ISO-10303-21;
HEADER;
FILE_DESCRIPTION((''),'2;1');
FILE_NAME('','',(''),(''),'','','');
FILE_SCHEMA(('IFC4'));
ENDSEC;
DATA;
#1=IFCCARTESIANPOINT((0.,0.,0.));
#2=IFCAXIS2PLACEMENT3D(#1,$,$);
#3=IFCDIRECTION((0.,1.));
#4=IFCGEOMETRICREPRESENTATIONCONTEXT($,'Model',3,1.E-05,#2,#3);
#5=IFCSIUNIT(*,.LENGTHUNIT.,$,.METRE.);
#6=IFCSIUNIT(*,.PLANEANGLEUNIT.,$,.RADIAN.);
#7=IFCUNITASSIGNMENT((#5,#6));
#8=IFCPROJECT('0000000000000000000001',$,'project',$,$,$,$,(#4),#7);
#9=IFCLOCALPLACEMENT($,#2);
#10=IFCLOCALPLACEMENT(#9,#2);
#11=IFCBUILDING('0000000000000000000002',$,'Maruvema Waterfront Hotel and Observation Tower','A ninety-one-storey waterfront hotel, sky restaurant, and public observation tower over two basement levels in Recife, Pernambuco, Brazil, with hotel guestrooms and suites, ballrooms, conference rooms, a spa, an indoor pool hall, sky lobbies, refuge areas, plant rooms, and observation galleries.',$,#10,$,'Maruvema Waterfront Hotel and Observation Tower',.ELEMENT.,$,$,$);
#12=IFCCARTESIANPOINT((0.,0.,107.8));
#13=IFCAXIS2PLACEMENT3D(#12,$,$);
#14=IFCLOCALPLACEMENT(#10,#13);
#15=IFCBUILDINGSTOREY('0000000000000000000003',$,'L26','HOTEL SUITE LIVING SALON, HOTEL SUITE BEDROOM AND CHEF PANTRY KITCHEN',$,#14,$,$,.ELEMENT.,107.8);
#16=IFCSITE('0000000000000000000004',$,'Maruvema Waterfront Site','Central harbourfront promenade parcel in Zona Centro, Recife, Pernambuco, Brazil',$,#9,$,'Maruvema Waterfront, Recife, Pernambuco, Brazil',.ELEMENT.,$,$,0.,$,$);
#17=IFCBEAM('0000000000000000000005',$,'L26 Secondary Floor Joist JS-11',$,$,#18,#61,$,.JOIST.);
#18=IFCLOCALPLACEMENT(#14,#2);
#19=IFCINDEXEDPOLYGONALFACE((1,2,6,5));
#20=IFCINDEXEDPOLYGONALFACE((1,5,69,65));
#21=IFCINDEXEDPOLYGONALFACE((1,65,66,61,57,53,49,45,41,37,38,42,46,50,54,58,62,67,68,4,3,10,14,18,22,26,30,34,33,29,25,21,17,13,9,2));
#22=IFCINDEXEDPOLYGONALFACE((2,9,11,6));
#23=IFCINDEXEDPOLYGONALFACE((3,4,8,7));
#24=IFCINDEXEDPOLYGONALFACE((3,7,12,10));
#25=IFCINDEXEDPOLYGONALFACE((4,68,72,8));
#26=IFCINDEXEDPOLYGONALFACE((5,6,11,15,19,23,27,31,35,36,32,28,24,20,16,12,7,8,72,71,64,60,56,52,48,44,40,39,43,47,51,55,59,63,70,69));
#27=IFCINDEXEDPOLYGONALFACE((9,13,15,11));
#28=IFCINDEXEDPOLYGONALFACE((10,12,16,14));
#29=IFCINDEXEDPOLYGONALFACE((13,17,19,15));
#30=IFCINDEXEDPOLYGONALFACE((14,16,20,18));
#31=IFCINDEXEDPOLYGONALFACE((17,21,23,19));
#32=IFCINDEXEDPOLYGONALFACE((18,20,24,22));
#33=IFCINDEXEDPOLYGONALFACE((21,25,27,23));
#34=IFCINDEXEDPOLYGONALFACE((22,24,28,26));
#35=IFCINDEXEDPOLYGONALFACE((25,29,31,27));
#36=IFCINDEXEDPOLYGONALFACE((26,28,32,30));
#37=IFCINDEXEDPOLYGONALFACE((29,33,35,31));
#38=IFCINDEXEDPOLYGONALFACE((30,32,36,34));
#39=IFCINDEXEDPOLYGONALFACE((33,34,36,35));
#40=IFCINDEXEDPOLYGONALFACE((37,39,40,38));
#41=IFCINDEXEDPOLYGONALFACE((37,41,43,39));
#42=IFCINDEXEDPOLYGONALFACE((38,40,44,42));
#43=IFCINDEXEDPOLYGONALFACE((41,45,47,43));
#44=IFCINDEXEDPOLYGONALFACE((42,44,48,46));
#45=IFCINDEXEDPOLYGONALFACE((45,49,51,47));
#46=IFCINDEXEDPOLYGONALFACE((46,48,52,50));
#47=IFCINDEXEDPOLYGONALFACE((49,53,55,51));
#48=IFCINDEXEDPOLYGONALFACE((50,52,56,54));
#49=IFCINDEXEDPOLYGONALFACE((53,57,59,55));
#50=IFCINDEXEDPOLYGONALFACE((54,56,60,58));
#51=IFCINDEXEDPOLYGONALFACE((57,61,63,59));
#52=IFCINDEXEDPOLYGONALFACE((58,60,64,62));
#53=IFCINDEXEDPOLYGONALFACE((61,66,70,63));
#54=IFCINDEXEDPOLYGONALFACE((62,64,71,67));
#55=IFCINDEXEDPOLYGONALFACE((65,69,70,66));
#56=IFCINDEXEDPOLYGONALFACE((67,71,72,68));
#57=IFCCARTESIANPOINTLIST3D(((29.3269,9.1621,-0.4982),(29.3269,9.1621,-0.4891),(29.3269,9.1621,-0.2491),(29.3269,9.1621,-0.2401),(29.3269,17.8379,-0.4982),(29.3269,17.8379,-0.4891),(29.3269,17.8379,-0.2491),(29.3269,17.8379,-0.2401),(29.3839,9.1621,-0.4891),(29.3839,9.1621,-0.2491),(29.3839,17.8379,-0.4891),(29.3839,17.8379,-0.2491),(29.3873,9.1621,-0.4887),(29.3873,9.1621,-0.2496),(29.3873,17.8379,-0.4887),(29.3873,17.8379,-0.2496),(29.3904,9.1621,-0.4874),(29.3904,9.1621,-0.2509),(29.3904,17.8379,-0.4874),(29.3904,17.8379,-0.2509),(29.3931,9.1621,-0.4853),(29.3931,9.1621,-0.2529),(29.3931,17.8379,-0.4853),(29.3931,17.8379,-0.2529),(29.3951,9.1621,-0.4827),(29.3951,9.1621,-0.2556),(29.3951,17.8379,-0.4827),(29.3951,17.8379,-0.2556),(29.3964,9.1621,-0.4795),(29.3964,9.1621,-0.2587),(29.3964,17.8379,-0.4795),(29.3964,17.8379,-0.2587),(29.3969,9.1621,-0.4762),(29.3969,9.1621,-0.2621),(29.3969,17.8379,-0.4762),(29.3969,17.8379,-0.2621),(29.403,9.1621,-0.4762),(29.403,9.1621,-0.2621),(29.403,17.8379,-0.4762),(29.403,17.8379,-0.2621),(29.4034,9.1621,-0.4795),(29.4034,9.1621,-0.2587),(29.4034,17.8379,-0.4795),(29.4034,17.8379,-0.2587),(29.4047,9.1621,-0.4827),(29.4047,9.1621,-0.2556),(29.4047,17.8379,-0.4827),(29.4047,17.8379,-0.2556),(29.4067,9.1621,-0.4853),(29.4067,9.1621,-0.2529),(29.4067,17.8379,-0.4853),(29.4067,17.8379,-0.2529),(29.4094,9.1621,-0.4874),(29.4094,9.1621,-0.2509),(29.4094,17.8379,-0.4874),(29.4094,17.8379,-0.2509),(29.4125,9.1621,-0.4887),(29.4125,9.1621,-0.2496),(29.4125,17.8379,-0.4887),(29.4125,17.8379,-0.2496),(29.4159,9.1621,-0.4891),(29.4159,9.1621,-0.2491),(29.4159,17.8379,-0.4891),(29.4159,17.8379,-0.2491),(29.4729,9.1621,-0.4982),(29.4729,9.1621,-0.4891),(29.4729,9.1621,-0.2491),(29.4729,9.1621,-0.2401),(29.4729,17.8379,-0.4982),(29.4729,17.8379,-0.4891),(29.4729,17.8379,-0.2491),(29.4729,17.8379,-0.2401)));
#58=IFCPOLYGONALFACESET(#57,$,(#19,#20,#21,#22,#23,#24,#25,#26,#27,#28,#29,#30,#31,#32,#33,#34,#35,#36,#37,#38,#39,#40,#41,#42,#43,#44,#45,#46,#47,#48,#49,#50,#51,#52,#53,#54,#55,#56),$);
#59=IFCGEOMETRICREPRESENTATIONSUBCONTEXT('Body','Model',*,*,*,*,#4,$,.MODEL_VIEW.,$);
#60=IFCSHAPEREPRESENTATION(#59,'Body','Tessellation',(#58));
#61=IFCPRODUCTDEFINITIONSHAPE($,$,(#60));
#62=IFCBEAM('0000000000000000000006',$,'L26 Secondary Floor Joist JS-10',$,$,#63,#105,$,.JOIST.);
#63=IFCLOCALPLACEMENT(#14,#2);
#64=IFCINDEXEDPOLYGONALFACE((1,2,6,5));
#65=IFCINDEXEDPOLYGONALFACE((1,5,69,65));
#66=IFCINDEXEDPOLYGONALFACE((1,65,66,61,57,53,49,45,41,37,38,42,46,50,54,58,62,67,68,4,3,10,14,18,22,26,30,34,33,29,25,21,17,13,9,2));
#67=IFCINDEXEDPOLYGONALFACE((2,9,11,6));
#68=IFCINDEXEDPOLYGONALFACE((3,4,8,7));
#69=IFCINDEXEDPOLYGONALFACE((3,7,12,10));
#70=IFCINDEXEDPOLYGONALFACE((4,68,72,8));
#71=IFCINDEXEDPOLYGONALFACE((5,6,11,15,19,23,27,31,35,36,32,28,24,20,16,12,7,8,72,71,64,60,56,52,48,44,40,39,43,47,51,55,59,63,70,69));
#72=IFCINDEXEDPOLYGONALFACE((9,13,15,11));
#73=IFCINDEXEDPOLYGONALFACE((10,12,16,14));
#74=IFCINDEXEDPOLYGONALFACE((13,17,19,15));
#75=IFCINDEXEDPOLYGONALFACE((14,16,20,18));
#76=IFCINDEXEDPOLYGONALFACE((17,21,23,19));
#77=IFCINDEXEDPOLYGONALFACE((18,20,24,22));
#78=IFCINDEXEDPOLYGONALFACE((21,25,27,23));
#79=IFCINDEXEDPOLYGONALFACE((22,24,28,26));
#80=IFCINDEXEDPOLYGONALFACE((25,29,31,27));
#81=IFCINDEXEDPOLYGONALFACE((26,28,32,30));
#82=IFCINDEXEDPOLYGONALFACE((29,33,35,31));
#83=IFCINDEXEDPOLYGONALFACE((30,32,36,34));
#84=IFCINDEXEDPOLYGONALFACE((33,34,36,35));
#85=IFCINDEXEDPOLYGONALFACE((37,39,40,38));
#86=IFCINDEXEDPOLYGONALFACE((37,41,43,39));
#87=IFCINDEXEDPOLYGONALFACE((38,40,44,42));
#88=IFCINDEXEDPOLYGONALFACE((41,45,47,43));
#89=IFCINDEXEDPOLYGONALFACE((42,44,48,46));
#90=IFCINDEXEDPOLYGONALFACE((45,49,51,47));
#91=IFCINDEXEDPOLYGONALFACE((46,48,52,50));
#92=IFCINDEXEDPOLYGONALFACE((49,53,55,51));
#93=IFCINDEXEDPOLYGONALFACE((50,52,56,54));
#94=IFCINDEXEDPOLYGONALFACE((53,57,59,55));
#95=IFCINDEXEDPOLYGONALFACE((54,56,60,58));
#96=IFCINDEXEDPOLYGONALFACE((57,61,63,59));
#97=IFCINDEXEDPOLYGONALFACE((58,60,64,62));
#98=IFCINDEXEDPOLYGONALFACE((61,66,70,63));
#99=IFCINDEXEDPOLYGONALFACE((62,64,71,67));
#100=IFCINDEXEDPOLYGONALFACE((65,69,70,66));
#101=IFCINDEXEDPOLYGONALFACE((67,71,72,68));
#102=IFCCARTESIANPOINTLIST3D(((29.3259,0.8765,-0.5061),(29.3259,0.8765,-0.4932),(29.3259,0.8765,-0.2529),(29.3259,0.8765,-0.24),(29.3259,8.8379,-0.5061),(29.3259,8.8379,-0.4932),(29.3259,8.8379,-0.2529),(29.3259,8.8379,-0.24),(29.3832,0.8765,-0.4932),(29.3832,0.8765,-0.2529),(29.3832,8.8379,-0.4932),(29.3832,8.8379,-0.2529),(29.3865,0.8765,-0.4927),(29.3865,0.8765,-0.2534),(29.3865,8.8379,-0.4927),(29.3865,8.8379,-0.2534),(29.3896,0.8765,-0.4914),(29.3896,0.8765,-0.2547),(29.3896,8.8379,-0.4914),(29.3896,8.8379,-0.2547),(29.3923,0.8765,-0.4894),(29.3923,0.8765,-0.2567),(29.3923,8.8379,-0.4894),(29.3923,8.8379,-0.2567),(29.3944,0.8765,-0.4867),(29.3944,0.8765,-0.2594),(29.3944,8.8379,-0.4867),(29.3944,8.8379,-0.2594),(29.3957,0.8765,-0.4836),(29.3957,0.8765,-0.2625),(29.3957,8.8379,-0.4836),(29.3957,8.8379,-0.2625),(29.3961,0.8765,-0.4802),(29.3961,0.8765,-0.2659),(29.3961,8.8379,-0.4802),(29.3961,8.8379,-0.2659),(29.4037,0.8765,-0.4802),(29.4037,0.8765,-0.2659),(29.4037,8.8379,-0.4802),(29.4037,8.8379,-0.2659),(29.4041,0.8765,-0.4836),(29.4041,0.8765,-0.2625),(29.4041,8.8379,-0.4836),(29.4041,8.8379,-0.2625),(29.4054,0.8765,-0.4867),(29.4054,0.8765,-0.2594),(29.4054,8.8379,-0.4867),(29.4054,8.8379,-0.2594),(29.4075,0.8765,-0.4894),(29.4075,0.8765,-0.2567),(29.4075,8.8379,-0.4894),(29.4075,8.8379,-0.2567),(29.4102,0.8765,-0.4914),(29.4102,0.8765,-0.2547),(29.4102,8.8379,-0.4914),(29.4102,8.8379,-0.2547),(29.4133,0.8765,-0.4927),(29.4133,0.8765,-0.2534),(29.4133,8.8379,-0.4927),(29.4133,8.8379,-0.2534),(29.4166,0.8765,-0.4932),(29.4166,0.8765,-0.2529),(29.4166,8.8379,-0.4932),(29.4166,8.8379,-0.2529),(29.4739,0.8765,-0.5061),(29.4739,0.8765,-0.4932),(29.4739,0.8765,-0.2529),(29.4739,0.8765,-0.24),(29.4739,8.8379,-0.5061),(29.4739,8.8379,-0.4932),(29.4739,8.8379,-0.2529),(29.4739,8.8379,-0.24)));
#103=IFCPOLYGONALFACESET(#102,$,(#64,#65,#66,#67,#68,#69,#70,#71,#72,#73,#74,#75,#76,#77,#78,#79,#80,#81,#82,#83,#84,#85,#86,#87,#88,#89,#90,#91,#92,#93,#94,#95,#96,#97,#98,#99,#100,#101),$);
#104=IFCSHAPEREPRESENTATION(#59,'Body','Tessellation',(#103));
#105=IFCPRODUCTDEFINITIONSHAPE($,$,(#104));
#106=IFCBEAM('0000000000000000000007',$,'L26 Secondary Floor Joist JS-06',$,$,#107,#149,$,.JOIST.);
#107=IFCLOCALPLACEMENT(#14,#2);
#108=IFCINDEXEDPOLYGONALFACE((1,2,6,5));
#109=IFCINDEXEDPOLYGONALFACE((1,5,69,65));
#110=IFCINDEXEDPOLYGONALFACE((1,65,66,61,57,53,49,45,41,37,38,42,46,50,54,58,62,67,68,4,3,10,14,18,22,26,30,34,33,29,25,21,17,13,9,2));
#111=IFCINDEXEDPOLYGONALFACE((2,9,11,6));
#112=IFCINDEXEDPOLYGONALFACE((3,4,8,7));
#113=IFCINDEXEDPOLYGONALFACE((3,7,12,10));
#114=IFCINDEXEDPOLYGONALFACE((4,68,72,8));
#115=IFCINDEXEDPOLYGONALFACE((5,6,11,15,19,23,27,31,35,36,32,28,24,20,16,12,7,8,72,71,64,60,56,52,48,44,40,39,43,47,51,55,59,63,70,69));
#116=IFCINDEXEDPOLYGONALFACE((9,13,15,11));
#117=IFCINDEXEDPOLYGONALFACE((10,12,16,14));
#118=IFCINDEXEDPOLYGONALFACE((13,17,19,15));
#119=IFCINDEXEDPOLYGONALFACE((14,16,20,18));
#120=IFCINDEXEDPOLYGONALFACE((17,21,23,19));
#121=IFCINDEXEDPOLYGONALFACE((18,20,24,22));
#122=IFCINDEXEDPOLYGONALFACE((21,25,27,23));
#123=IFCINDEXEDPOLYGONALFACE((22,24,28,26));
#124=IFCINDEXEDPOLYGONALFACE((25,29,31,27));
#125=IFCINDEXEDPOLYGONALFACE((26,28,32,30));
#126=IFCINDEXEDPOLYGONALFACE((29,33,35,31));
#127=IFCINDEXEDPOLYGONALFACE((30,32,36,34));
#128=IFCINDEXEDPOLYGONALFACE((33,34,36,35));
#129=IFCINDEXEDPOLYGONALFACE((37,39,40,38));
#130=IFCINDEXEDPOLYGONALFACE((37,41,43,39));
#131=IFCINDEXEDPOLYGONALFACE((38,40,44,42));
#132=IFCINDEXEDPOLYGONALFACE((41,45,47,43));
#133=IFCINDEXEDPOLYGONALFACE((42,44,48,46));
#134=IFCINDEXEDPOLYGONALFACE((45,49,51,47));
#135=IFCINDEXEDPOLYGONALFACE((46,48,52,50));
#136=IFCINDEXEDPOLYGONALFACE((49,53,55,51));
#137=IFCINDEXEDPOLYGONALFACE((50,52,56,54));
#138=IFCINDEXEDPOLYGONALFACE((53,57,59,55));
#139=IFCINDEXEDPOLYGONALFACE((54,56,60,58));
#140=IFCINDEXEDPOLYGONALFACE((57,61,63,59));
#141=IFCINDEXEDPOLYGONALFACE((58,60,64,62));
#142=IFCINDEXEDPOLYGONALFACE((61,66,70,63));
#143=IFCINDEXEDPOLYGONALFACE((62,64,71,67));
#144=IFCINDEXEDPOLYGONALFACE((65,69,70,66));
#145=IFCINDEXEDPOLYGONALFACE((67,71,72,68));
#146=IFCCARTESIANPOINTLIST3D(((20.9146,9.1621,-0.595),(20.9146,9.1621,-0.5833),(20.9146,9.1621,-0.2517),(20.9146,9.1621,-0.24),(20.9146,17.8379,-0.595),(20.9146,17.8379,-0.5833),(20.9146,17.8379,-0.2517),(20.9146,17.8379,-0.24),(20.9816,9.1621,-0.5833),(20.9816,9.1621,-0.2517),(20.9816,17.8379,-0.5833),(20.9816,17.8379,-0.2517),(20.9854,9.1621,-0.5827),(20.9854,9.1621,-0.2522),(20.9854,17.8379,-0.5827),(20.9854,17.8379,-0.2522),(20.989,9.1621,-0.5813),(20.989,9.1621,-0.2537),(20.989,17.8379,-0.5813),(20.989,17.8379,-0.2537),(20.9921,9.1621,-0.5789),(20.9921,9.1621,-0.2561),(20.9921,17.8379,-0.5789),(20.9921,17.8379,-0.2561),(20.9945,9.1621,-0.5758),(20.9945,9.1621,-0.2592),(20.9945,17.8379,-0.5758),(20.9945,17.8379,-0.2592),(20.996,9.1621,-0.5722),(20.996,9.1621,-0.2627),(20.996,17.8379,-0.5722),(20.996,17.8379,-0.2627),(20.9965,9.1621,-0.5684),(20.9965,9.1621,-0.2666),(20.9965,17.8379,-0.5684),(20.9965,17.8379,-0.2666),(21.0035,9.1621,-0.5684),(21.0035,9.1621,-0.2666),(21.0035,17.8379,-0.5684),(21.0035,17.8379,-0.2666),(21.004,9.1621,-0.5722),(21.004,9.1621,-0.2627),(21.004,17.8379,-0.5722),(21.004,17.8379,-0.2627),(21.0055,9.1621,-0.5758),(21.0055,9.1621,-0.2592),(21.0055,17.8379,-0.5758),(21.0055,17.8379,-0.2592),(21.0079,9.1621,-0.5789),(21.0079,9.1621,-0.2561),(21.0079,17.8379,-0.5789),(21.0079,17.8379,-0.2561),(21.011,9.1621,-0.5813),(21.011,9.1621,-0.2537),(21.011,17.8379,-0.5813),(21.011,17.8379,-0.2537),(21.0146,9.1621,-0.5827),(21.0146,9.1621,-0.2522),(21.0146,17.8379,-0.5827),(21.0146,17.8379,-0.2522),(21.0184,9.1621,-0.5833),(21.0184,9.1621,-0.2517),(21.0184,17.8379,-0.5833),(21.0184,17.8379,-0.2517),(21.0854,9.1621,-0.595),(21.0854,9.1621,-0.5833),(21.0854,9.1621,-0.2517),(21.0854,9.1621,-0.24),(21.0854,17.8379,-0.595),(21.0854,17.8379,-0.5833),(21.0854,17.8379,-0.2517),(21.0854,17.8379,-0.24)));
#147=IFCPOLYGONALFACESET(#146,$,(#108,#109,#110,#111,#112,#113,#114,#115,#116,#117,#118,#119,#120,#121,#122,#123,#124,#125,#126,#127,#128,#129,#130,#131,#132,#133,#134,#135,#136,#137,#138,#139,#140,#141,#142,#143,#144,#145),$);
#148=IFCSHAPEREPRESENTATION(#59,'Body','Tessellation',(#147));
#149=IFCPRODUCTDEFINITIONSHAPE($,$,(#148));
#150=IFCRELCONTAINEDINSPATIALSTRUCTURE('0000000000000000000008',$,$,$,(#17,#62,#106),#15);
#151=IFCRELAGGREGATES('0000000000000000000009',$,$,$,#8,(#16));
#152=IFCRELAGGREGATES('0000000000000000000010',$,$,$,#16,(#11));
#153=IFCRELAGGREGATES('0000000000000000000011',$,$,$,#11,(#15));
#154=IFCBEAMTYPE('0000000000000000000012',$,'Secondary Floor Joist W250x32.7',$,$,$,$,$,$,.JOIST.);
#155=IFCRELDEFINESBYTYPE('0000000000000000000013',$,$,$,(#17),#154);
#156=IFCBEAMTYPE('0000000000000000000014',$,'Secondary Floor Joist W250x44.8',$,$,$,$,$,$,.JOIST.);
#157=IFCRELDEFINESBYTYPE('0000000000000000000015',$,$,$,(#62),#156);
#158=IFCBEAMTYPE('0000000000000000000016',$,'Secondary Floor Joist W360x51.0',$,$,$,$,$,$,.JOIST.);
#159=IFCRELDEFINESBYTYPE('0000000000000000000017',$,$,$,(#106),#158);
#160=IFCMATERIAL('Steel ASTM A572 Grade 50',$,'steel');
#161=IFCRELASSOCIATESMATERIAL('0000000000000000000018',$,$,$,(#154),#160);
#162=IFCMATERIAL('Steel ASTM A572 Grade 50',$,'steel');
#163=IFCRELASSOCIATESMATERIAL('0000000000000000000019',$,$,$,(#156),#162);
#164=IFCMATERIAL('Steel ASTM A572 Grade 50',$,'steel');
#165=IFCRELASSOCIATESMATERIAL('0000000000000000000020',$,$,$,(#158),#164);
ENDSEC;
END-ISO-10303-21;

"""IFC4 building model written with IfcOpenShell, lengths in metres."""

from ifc_helpers import new_model, si_unit, direction, frame, origin, origin_2d, place, context, subcontext, project, spatial, i_section, extrude, material, material_profile, profile_set, type_object, element, save


model = new_model("IFC4")

# Units and contexts
model_context = context("Model", 3, precision=1e-05, world=origin(), true_north=direction((0.0, 1.0)))
body_context = subcontext(model_context, "Body", "Model", "MODEL_VIEW")
ifc_project = project(units=[si_unit("LENGTHUNIT", "METRE"), si_unit("PLANEANGLEUNIT", "RADIAN")], contexts=[model_context])

# Site, building, storey
site_placement = place(None, origin())
site = spatial("IfcSite", under=ifc_project, at=site_placement, Name="Maruvema Waterfront Site", Description="Central harbourfront promenade parcel in Zona Centro, Recife, Pernambuco, Brazil", LongName="Maruvema Waterfront, Recife, Pernambuco, Brazil", CompositionType="ELEMENT", RefElevation=0.0)
building_placement = place(site_placement, origin())
building = spatial("IfcBuilding", under=site, at=building_placement, Name="Maruvema Waterfront Hotel and Observation Tower", Description="A ninety-one-storey waterfront hotel, sky restaurant, and public observation tower over two basement levels in Recife, Pernambuco, Brazil, with hotel guestrooms and suites, ballrooms, conference rooms, a spa, an indoor pool hall, sky lobbies, refuge areas, plant rooms, and observation galleries.", LongName="Maruvema Waterfront Hotel and Observation Tower", CompositionType="ELEMENT")
storey_placement = place(building_placement, frame((0.0, 0.0, 107.8)))
storey = spatial("IfcBuildingStorey", under=building, at=storey_placement, Name="L26", Description="HOTEL SUITE LIVING SALON, HOTEL SUITE BEDROOM AND CHEF PANTRY KITCHEN", CompositionType="ELEMENT", Elevation=107.8)

# Beams
ifc_material_1 = material(Name="Steel ASTM A572 Grade 50", Category="steel")
ifc_material_profile_1 = material_profile(ifc_material_1, i_section(OverallWidth=0.146, OverallDepth=0.2581, WebThickness=0.0061, FlangeThickness=0.009, FilletRadius=0.0129, at=origin_2d()), Name="W250x32.7")
ifc_profile_set_1 = profile_set([ifc_material_profile_1], Name="Steel ASTM A572 Grade 50")
beam_type_1 = type_object("IfcBeamType", Name="Secondary Floor Joist W250x32.7", PredefinedType="JOIST", material=ifc_profile_set_1)
beam_1_placement = place(storey_placement, frame((29.3999, 9.1621, -0.3691), z_axis=(0.0, 1.0, 0.0), x_axis=(-1.0, 0.0, 0.0)))
element("IfcBeam", 1, at=beam_1_placement, inside=storey, type_object=beam_type_1, Name="L26 Secondary Floor Joist JS-11", PredefinedType="JOIST", context=body_context, shape_type="SweptSolid", body=[
    extrude(i_section(OverallWidth=0.146, OverallDepth=0.2581, WebThickness=0.0061, FlangeThickness=0.009, FilletRadius=0.0129, at=origin_2d()), origin(), (0.0, 0.0, 1.0), 8.6758),
])
ifc_material_2 = material(Name="Steel ASTM A572 Grade 50", Category="steel")
ifc_material_profile_2 = material_profile(ifc_material_2, i_section(OverallWidth=0.1479, OverallDepth=0.2661, WebThickness=0.0076, FlangeThickness=0.0129, FilletRadius=0.0129, at=origin_2d()), Name="W250x44.8")
ifc_profile_set_2 = profile_set([ifc_material_profile_2], Name="Steel ASTM A572 Grade 50")
beam_type_2 = type_object("IfcBeamType", Name="Secondary Floor Joist W250x44.8", PredefinedType="JOIST", material=ifc_profile_set_2)
beam_2_placement = place(storey_placement, frame((29.3999, 0.8765, -0.373), z_axis=(0.0, 1.0, 0.0), x_axis=(-1.0, 0.0, 0.0)))
element("IfcBeam", 2, at=beam_2_placement, inside=storey, type_object=beam_type_2, Name="L26 Secondary Floor Joist JS-10", PredefinedType="JOIST", context=body_context, shape_type="SweptSolid", body=[
    extrude(i_section(OverallWidth=0.1479, OverallDepth=0.2661, WebThickness=0.0076, FlangeThickness=0.0129, FilletRadius=0.0129, at=origin_2d()), origin(), (0.0, 0.0, 1.0), 7.9614),
])
ifc_material_3 = material(Name="Steel ASTM A572 Grade 50", Category="steel")
ifc_material_profile_3 = material_profile(ifc_material_3, i_section(OverallWidth=0.1709, OverallDepth=0.355, WebThickness=0.0071, FlangeThickness=0.0117, FilletRadius=0.0149, at=origin_2d()), Name="W360x51.0")
ifc_profile_set_3 = profile_set([ifc_material_profile_3], Name="Steel ASTM A572 Grade 50")
beam_type_3 = type_object("IfcBeamType", Name="Secondary Floor Joist W360x51.0", PredefinedType="JOIST", material=ifc_profile_set_3)
beam_3_placement = place(storey_placement, frame((21.0, 9.1621, -0.4175), z_axis=(0.0, 1.0, 0.0), x_axis=(-1.0, 0.0, 0.0)))
element("IfcBeam", 3, at=beam_3_placement, inside=storey, type_object=beam_type_3, Name="L26 Secondary Floor Joist JS-06", PredefinedType="JOIST", context=body_context, shape_type="SweptSolid", body=[
    extrude(i_section(OverallWidth=0.1709, OverallDepth=0.355, WebThickness=0.0071, FlangeThickness=0.0117, FilletRadius=0.0149, at=origin_2d()), origin(), (0.0, 0.0, 1.0), 8.6758),
])

save(model, "model.ifc")
